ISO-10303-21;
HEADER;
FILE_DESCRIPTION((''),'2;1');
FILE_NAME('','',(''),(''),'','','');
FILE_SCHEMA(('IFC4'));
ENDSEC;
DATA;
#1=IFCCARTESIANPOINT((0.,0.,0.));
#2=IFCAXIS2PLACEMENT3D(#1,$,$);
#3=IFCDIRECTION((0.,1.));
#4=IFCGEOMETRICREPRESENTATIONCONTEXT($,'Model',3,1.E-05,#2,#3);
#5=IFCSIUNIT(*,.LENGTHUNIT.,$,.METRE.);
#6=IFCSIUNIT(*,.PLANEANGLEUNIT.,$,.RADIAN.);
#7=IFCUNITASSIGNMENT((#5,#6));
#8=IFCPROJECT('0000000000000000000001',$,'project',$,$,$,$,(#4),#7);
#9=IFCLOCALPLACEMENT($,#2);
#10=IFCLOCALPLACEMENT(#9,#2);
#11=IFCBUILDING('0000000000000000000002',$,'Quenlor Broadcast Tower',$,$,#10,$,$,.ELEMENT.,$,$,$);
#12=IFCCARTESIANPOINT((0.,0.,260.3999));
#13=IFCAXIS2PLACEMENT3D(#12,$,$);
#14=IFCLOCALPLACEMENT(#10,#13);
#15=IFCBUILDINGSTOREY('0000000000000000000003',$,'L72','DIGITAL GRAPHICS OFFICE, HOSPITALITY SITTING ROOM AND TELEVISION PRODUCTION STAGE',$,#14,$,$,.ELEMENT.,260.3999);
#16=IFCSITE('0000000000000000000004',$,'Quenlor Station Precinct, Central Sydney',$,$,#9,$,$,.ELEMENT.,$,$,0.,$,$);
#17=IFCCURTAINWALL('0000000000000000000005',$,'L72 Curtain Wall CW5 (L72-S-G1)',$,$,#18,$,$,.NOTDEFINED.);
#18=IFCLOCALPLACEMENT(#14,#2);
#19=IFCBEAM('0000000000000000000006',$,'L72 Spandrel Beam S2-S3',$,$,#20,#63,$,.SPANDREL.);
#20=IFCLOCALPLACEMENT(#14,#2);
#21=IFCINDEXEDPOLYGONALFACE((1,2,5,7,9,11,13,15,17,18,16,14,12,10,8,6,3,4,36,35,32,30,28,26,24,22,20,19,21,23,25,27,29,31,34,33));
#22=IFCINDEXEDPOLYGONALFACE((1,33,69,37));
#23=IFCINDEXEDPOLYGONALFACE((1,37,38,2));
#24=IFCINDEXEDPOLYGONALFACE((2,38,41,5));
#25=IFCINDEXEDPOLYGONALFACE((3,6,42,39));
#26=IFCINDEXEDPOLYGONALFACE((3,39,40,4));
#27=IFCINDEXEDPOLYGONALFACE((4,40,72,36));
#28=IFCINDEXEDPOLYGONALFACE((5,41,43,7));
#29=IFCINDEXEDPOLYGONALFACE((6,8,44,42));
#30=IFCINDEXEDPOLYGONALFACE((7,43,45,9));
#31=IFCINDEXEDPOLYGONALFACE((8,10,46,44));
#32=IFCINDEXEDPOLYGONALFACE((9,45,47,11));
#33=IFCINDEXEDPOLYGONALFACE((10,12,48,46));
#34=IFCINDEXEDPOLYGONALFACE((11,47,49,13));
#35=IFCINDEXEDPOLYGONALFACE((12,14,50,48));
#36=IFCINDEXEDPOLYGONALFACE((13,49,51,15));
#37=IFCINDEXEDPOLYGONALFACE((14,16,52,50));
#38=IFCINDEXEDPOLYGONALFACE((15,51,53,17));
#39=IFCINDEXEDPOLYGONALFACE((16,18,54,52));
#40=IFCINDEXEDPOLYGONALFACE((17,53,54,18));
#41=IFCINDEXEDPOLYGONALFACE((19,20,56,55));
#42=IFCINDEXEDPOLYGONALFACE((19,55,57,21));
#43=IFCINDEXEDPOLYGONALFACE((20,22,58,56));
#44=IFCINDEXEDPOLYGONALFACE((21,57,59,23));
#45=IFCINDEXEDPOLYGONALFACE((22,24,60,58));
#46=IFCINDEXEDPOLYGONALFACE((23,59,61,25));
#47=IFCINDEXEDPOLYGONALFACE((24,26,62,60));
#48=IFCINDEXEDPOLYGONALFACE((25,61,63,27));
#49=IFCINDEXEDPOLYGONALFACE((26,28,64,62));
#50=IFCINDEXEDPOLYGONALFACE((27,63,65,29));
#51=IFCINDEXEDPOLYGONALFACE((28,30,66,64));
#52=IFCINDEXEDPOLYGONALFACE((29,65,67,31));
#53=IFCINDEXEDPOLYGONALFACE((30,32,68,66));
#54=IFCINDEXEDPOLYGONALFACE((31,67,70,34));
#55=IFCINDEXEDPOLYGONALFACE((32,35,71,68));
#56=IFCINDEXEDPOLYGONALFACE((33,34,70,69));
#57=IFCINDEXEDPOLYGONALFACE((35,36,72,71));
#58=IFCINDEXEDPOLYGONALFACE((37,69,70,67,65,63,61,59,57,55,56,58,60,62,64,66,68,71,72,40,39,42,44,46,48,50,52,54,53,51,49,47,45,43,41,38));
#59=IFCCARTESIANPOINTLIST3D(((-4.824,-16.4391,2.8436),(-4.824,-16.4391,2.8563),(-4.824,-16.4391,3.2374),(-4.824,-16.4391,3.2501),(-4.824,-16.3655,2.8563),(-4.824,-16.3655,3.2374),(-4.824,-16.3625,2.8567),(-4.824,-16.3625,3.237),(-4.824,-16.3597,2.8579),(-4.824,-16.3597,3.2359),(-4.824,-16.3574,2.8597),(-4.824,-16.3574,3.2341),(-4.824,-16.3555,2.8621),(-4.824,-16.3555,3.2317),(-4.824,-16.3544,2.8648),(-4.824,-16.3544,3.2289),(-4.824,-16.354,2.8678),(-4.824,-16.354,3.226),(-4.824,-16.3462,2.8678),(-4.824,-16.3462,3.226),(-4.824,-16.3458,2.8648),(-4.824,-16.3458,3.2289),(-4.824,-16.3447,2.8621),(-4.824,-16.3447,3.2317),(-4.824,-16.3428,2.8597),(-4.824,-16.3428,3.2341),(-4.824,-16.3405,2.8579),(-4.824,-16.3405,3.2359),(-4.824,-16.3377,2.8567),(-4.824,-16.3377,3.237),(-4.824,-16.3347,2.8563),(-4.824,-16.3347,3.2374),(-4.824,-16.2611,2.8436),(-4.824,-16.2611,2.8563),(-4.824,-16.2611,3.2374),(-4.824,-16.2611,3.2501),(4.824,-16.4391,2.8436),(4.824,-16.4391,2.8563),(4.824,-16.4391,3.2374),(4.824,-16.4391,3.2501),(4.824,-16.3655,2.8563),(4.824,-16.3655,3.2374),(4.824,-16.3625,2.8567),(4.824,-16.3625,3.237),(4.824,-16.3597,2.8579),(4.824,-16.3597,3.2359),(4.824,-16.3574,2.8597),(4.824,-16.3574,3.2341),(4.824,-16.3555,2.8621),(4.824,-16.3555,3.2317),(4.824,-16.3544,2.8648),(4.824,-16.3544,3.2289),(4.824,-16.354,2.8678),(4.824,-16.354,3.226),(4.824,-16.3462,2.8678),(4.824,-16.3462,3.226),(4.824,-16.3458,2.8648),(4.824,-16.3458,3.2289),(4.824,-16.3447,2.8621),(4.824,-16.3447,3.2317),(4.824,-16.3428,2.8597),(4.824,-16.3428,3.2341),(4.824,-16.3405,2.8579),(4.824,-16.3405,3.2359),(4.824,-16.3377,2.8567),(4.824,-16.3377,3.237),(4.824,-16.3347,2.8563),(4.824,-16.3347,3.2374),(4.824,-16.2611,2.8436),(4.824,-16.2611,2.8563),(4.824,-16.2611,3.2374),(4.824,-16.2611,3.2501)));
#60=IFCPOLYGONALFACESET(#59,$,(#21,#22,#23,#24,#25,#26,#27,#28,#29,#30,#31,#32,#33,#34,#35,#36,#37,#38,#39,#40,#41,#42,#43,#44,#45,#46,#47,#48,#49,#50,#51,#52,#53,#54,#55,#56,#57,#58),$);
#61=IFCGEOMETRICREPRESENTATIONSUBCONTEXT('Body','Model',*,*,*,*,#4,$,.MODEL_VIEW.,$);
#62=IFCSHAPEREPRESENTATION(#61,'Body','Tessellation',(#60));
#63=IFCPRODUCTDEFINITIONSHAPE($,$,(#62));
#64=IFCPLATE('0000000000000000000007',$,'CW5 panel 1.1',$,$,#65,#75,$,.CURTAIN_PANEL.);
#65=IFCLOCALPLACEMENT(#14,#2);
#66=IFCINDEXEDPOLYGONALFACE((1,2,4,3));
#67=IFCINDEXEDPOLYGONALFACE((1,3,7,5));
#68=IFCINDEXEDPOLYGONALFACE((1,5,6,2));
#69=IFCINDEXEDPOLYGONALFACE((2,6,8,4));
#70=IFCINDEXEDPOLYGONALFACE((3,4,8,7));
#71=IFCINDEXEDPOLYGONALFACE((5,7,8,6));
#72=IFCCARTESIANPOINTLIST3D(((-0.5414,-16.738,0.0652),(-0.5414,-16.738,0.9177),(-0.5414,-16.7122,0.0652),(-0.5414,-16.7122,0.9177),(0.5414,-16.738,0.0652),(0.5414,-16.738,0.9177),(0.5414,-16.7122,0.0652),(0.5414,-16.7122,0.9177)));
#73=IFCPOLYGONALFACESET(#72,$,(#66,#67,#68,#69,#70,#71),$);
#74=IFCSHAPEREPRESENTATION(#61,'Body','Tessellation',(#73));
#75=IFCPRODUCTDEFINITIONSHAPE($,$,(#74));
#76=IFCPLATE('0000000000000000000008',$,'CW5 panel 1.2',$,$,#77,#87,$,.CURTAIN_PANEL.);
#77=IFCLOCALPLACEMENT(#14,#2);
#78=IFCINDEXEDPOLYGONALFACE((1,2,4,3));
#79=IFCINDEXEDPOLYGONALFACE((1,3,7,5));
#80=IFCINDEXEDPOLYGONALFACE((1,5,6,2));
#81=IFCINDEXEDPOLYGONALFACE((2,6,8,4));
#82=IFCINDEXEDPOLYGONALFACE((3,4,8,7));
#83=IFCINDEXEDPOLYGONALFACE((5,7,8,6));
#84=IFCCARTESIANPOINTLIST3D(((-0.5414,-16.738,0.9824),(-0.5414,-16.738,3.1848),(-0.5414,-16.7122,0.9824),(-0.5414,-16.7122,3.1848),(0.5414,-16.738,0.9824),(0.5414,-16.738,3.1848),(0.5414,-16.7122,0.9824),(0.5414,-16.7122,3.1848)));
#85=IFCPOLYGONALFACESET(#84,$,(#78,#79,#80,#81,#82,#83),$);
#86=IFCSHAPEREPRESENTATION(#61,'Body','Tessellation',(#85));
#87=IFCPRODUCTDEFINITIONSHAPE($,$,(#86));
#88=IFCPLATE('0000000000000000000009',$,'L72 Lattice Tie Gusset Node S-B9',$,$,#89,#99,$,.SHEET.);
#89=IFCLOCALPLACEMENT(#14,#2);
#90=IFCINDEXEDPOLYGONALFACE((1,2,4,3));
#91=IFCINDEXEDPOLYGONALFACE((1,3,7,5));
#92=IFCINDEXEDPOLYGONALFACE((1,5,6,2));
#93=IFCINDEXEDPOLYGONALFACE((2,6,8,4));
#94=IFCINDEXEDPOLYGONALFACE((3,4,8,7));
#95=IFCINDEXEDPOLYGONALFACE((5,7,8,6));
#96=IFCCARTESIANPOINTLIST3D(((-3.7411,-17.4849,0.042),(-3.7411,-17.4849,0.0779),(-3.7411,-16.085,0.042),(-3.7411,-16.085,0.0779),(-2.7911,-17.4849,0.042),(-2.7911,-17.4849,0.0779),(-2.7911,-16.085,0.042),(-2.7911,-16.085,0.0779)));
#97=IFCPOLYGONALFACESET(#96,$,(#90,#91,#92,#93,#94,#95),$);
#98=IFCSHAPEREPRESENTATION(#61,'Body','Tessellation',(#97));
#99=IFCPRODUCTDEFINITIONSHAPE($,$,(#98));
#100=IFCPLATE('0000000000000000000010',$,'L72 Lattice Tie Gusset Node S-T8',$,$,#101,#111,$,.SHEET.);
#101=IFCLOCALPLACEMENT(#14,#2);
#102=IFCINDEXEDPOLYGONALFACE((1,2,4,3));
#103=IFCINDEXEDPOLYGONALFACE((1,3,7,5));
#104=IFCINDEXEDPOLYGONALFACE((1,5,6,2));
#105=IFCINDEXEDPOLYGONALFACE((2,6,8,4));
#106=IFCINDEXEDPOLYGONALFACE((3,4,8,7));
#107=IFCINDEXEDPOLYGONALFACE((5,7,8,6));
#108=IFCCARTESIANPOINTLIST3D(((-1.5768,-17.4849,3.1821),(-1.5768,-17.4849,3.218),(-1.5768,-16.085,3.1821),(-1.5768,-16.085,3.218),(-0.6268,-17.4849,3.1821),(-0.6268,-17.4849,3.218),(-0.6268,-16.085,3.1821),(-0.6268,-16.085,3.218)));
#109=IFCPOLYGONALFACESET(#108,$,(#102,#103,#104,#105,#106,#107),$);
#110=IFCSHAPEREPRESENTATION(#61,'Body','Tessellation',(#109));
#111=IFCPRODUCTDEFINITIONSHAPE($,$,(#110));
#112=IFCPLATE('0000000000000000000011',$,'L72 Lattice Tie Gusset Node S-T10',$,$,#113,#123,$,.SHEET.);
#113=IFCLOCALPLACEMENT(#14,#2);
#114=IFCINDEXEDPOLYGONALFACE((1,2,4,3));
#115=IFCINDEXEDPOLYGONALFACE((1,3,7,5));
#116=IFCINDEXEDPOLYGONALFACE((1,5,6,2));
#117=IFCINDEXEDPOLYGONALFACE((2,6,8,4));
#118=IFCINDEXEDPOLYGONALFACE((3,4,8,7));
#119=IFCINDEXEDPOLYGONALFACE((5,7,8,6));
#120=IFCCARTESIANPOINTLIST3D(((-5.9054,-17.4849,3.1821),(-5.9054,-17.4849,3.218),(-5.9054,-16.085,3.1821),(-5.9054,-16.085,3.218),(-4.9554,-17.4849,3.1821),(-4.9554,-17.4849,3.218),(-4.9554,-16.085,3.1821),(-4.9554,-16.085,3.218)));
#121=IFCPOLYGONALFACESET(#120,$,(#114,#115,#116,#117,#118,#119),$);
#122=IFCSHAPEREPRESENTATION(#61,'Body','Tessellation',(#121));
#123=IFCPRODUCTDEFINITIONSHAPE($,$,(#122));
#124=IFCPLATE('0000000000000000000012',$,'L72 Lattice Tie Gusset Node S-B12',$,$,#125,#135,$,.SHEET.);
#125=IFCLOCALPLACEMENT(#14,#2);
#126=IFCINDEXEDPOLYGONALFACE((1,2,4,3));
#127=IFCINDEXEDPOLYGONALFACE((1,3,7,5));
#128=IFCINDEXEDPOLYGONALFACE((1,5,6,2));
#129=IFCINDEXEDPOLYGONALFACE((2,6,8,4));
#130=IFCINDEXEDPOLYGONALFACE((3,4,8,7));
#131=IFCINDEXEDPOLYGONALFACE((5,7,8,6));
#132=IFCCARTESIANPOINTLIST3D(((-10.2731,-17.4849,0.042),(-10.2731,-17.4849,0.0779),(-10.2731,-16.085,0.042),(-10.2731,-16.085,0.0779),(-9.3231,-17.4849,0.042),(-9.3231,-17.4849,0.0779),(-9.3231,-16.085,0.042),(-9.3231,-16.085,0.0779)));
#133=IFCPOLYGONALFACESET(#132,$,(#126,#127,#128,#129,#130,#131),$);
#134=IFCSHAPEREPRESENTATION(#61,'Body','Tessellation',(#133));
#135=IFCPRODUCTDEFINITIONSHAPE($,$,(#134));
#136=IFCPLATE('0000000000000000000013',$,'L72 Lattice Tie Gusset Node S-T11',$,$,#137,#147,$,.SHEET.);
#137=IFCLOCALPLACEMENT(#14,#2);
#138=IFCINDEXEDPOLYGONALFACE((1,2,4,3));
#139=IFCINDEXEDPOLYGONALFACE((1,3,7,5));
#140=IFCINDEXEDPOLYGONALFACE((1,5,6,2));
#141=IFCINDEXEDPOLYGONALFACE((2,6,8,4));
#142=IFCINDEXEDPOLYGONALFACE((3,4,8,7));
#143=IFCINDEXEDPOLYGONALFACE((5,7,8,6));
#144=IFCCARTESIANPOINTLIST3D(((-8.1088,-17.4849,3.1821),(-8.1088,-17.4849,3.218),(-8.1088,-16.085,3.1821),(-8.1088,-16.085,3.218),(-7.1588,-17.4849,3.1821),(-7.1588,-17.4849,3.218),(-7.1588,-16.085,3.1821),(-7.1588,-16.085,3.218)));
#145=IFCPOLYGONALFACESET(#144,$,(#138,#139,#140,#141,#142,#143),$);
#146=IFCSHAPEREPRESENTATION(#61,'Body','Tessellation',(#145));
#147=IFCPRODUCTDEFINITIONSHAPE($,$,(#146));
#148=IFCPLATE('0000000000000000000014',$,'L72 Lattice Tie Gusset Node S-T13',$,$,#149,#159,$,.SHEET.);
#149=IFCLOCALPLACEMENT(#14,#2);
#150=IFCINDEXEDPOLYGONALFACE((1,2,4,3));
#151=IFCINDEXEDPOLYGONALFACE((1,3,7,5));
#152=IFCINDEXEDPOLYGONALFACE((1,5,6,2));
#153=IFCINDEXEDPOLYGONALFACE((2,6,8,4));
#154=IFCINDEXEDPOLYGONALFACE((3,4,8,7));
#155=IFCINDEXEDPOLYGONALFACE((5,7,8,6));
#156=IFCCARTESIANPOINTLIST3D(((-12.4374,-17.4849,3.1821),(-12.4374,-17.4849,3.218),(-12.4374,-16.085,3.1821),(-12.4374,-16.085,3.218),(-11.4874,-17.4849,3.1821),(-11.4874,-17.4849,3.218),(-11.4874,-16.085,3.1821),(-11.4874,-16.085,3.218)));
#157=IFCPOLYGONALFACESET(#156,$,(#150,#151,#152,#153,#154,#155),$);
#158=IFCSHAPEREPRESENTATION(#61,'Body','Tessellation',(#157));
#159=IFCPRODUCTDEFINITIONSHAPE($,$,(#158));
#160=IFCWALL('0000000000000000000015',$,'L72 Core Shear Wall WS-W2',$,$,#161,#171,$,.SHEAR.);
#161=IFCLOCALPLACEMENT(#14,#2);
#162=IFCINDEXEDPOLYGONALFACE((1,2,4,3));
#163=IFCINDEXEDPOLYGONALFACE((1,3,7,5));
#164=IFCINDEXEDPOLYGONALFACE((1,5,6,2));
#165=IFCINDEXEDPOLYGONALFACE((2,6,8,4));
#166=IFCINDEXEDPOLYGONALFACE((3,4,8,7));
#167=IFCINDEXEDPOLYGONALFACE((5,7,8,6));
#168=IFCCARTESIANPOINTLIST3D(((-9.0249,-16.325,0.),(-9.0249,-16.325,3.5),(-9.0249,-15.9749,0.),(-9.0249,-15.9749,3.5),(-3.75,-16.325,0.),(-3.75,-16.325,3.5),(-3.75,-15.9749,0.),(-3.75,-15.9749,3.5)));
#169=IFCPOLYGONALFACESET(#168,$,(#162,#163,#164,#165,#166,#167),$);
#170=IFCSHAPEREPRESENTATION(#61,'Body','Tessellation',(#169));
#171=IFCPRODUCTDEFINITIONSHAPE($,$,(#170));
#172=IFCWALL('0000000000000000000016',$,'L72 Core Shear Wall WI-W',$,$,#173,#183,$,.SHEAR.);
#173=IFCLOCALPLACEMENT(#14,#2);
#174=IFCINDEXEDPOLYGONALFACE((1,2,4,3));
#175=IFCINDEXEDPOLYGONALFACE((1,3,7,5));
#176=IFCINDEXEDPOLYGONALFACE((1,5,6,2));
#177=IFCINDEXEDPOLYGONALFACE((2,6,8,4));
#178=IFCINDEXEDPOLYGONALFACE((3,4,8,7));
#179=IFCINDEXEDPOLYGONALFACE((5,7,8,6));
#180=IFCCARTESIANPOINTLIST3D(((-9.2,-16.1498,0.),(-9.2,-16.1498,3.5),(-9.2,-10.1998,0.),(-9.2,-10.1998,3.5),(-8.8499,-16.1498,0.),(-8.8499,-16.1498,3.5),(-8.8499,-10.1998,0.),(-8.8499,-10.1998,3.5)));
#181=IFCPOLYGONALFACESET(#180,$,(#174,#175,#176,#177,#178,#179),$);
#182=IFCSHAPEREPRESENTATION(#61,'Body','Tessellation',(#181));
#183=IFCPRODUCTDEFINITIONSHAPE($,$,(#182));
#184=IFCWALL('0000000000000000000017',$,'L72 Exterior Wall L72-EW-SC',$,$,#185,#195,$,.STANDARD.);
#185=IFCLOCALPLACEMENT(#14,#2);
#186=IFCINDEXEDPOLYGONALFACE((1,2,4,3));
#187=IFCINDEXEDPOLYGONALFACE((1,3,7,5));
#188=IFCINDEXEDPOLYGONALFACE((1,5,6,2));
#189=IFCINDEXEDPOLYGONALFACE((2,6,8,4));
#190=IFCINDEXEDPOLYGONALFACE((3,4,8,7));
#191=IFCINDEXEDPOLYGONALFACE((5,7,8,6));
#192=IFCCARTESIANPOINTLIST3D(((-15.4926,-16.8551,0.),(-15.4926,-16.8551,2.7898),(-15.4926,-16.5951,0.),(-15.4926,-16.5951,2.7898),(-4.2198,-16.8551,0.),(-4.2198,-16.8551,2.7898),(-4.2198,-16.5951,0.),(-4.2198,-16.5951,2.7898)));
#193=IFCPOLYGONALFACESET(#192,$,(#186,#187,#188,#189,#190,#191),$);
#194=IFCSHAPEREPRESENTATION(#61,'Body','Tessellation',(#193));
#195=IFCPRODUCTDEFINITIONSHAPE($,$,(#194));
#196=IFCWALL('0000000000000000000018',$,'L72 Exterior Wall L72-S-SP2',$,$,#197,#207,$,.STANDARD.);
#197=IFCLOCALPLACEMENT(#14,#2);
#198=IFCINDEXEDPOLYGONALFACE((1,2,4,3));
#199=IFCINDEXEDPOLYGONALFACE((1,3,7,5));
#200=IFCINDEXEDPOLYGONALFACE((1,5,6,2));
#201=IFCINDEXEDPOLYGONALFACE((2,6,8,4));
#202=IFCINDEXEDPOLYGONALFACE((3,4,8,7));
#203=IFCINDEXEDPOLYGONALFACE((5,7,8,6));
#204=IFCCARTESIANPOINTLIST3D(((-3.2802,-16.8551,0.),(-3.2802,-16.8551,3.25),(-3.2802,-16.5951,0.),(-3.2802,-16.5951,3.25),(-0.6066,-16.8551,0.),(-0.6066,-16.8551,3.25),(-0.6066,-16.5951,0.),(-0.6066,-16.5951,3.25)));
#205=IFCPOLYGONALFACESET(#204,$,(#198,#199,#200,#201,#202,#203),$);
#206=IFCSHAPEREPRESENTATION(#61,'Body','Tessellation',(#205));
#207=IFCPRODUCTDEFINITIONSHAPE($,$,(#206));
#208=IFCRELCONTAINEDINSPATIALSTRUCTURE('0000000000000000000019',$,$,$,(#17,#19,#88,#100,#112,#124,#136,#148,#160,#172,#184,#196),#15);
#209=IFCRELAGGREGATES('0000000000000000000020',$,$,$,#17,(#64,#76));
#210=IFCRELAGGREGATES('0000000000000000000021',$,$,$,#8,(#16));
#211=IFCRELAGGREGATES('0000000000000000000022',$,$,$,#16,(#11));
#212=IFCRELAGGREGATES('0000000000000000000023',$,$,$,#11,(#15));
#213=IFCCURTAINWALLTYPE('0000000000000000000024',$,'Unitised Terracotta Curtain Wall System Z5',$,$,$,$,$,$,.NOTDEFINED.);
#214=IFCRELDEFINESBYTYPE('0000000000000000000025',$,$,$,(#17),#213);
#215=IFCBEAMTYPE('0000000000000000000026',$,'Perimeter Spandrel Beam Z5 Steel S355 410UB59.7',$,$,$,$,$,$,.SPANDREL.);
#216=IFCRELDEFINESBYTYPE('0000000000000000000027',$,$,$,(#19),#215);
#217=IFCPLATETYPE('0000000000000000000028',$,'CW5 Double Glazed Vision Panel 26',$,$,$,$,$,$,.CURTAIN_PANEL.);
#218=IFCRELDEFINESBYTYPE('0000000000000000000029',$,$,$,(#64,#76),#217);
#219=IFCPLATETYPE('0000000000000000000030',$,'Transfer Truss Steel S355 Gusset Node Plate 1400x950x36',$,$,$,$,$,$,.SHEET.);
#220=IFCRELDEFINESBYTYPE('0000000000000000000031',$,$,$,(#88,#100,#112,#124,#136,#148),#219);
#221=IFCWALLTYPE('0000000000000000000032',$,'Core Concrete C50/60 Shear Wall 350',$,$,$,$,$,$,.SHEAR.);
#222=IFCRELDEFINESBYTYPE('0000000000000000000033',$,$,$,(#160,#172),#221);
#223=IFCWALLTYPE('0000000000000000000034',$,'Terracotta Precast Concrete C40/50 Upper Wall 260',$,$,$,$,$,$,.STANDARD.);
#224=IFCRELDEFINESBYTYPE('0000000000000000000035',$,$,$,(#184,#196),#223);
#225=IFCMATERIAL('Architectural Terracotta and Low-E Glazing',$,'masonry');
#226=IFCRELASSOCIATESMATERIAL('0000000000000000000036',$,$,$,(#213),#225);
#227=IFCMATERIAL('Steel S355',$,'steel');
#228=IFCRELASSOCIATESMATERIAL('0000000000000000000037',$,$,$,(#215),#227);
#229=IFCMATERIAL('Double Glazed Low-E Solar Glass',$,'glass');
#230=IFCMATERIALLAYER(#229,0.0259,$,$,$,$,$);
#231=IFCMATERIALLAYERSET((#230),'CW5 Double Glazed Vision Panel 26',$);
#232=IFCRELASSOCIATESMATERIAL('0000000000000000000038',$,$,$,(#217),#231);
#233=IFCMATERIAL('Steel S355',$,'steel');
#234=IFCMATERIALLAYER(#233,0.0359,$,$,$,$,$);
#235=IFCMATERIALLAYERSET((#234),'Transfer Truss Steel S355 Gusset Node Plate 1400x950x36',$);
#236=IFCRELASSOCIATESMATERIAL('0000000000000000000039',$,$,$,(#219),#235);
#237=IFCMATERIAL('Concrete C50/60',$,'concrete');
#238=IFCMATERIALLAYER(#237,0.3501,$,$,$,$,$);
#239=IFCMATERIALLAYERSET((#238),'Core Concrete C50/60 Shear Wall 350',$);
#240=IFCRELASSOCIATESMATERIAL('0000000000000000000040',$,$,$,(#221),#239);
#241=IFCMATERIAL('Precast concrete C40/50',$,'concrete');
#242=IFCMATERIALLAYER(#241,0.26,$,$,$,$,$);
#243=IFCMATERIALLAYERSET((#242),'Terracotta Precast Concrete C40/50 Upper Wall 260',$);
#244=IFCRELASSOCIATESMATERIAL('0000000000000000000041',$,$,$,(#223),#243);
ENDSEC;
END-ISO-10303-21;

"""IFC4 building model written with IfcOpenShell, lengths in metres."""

from ifc_helpers import new_model, si_unit, direction, frame, frame_2d, origin, origin_2d, place, context, subcontext, project, spatial, rectangle, i_section, extrude, material, layer, layer_set, material_profile, profile_set, type_object, element, aggregate, save


model = new_model("IFC4")

# Units and contexts
model_context = context("Model", 3, precision=1e-05, world=origin(), true_north=direction((0.0, 1.0)))
body_context = subcontext(model_context, "Body", "Model", "MODEL_VIEW")
ifc_project = project(units=[si_unit("LENGTHUNIT", "METRE"), si_unit("PLANEANGLEUNIT", "RADIAN")], contexts=[model_context])

# Site, building, storey
site_placement = place(None, origin())
site = spatial("IfcSite", under=ifc_project, at=site_placement, Name="Quenlor Station Precinct, Central Sydney", CompositionType="ELEMENT", RefElevation=0.0)
building_placement = place(site_placement, origin())
building = spatial("IfcBuilding", under=site, at=building_placement, Name="Quenlor Broadcast Tower", CompositionType="ELEMENT")
storey_placement = place(building_placement, frame((0.0, 0.0, 260.3999)))
storey = spatial("IfcBuildingStorey", under=building, at=storey_placement, Name="L72", Description="DIGITAL GRAPHICS OFFICE, HOSPITALITY SITTING ROOM AND TELEVISION PRODUCTION STAGE", CompositionType="ELEMENT", Elevation=260.3999)

# Curtain wall
ifc_material_1 = material(Name="Architectural Terracotta and Low-E Glazing", Category="masonry")
curtain_wall_type = type_object("IfcCurtainWallType", Name="Unitised Terracotta Curtain Wall System Z5", PredefinedType="NOTDEFINED", material=ifc_material_1)
curtain_wall_placement = place(storey_placement, origin())
curtain_wall = element("IfcCurtainWall", 1, at=curtain_wall_placement, inside=storey, type_object=curtain_wall_type, Name="L72 Curtain Wall CW5 (L72-S-G1)", PredefinedType="NOTDEFINED")

# Beam
ifc_material_2 = material(Name="Steel S355", Category="steel")
ifc_material_profile_1 = material_profile(ifc_material_2, i_section(OverallWidth=0.178, OverallDepth=0.4065, WebThickness=0.0078, FlangeThickness=0.0127, FilletRadius=0.0115, at=origin_2d()))
ifc_profile_set_1 = profile_set([ifc_material_profile_1], Name="Steel S355 410UB59.7")
beam_type_1 = type_object("IfcBeamType", Name="Perimeter Spandrel Beam Z5 Steel S355 410UB59.7", PredefinedType="SPANDREL", material=ifc_profile_set_1)
beam_1_placement = place(storey_placement, frame((-4.824, -16.3501, 3.0469), z_axis=(1.0, 0.0, 0.0), x_axis=(0.0, 1.0, 0.0)))
element("IfcBeam", 2, at=beam_1_placement, inside=storey, type_object=beam_type_1, Name="L72 Spandrel Beam S2-S3", PredefinedType="SPANDREL", context=body_context, shape_type="SweptSolid", body=[
    extrude(i_section(OverallWidth=0.178, OverallDepth=0.4065, WebThickness=0.0078, FlangeThickness=0.0127, FilletRadius=0.0115, at=origin_2d()), origin(), (0.0, 0.0, 1.0), 9.6479),
])

# Plates
ifc_material_3 = material(Name="Double Glazed Low-E Solar Glass", Category="glass")
ifc_layer_1 = layer(ifc_material_3, 0.0259)
ifc_layer_set_1 = layer_set([ifc_layer_1], Name="CW5 Double Glazed Vision Panel 26")
plate_type_1 = type_object("IfcPlateType", Name="CW5 Double Glazed Vision Panel 26", PredefinedType="CURTAIN_PANEL", material=ifc_layer_set_1)
plate_1_placement = place(storey_placement, frame((0.0, -16.7251, 0.0652), z_axis=(0.0, 0.0, 1.0), x_axis=(-1.0, 0.0, 0.0)))
plate_1 = element("IfcPlate", 3, at=plate_1_placement, type_object=plate_type_1, Name="CW5 panel 1.1", PredefinedType="CURTAIN_PANEL", context=body_context, shape_type="SweptSolid", body=[
    extrude(rectangle(XDim=1.0828, YDim=0.0259, at=origin_2d()), origin(), (0.0, 0.0, 1.0), 0.8525),
])
plate_2_placement = place(storey_placement, frame((0.0, -16.7251, 0.9824), z_axis=(0.0, 0.0, 1.0), x_axis=(-1.0, 0.0, 0.0)))
plate_2 = element("IfcPlate", 4, at=plate_2_placement, type_object=plate_type_1, Name="CW5 panel 1.2", PredefinedType="CURTAIN_PANEL", context=body_context, shape_type="SweptSolid", body=[
    extrude(rectangle(XDim=1.0828, YDim=0.0259, at=origin_2d()), origin(), (0.0, 0.0, 1.0), 2.2024),
])
aggregate(curtain_wall, [plate_1, plate_2])

# Plates
ifc_material_4 = material(Name="Steel S355", Category="steel")
ifc_layer_2 = layer(ifc_material_4, 0.0359)
ifc_layer_set_2 = layer_set([ifc_layer_2], Name="Transfer Truss Steel S355 Gusset Node Plate 1400x950x36")
plate_type_2 = type_object("IfcPlateType", Name="Transfer Truss Steel S355 Gusset Node Plate 1400x950x36", PredefinedType="SHEET", material=ifc_layer_set_2)
for number, where, z_axis, x_axis, name in (
    (5, (-3.2661, -16.7849, 0.042), (0.0, 0.0, 1.0), (0.0, -1.0, 0.0), "L72 Lattice Tie Gusset Node S-B9"),
    (6, (-1.1018, -16.7849, 3.1821), (0.0, 0.0, 1.0), (0.0, -1.0, 0.0), "L72 Lattice Tie Gusset Node S-T8"),
    (7, (-5.4304, -16.7849, 3.1821), (0.0, 0.0, 1.0), (0.0, -1.0, 0.0), "L72 Lattice Tie Gusset Node S-T10"),
    (8, (-9.7981, -16.7849, 0.042), (0.0, 0.0, 1.0), (0.0, -1.0, 0.0), "L72 Lattice Tie Gusset Node S-B12"),
    (9, (-7.6338, -16.7849, 3.1821), (0.0, 0.0, 1.0), (0.0, -1.0, 0.0), "L72 Lattice Tie Gusset Node S-T11"),
    (10, (-11.9624, -16.7849, 3.1821), (0.0, 0.0, 1.0), (0.0, -1.0, 0.0), "L72 Lattice Tie Gusset Node S-T13"),
):
    element("IfcPlate", number, at=place(storey_placement, frame(where, z_axis=z_axis, x_axis=x_axis)), inside=storey, type_object=plate_type_2, Name=name, PredefinedType="SHEET", context=body_context, shape_type="SweptSolid", body=[
        extrude(rectangle(XDim=1.3999, YDim=0.95, at=origin_2d()), origin(), (0.0, 0.0, 1.0), 0.0359),
    ])

# Walls
ifc_material_5 = material(Name="Concrete C50/60", Category="concrete")
ifc_layer_3 = layer(ifc_material_5, 0.3501)
ifc_layer_set_3 = layer_set([ifc_layer_3], Name="Core Concrete C50/60 Shear Wall 350")
wall_type_1 = type_object("IfcWallType", Name="Core Concrete C50/60 Shear Wall 350", PredefinedType="SHEAR", material=ifc_layer_set_3)
wall_1_placement = place(storey_placement, frame((-9.0249, -16.1499, 0.0), z_axis=(0.0, 0.0, 1.0), x_axis=(1.0, 0.0, 0.0)))
element("IfcWall", 11, at=wall_1_placement, inside=storey, type_object=wall_type_1, Name="L72 Core Shear Wall WS-W2", PredefinedType="SHEAR", context=body_context, shape_type="SweptSolid", body=[
    extrude(rectangle(XDim=5.2749, YDim=0.3501, at=frame_2d((2.6375, 0.0))), origin(), (0.0, 0.0, 1.0), 3.5),
])
wall_2_placement = place(storey_placement, frame((-9.0249, -16.1499, 0.0), z_axis=(0.0, 0.0, 1.0), x_axis=(0.0, 1.0, 0.0)))
element("IfcWall", 12, at=wall_2_placement, inside=storey, type_object=wall_type_1, Name="L72 Core Shear Wall WI-W", PredefinedType="SHEAR", context=body_context, shape_type="SweptSolid", body=[
    extrude(rectangle(XDim=5.95, YDim=0.3501, at=frame_2d((2.9751, 0.0))), origin(), (0.0, 0.0, 1.0), 3.5),
])
ifc_material_6 = material(Name="Precast concrete C40/50", Category="concrete")
ifc_layer_4 = layer(ifc_material_6, 0.26)
ifc_layer_set_4 = layer_set([ifc_layer_4], Name="Terracotta Precast Concrete C40/50 Upper Wall 260")
wall_type_2 = type_object("IfcWallType", Name="Terracotta Precast Concrete C40/50 Upper Wall 260", PredefinedType="STANDARD", material=ifc_layer_set_4)
wall_3_placement = place(storey_placement, frame((-4.22, -16.7251, 0.0), z_axis=(0.0, 0.0, 1.0), x_axis=(-1.0, 0.0, 0.0)))
element("IfcWall", 13, at=wall_3_placement, inside=storey, type_object=wall_type_2, Name="L72 Exterior Wall L72-EW-SC", PredefinedType="STANDARD", context=body_context, shape_type="SweptSolid", body=[
    extrude(rectangle(XDim=11.2727, YDim=0.26, at=frame_2d((5.6362, 0.0))), origin(), (0.0, 0.0, 1.0), 2.7898),
])
wall_4_placement = place(storey_placement, frame((-0.6064, -16.7251, 0.0), z_axis=(0.0, 0.0, 1.0), x_axis=(-1.0, 0.0, 0.0)))
element("IfcWall", 14, at=wall_4_placement, inside=storey, type_object=wall_type_2, Name="L72 Exterior Wall L72-S-SP2", PredefinedType="STANDARD", context=body_context, shape_type="SweptSolid", body=[
    extrude(rectangle(XDim=2.6736, YDim=0.26, at=frame_2d((1.3369, 0.0))), origin(), (0.0, 0.0, 1.0), 3.25),
])

save(model, "model.ifc")
